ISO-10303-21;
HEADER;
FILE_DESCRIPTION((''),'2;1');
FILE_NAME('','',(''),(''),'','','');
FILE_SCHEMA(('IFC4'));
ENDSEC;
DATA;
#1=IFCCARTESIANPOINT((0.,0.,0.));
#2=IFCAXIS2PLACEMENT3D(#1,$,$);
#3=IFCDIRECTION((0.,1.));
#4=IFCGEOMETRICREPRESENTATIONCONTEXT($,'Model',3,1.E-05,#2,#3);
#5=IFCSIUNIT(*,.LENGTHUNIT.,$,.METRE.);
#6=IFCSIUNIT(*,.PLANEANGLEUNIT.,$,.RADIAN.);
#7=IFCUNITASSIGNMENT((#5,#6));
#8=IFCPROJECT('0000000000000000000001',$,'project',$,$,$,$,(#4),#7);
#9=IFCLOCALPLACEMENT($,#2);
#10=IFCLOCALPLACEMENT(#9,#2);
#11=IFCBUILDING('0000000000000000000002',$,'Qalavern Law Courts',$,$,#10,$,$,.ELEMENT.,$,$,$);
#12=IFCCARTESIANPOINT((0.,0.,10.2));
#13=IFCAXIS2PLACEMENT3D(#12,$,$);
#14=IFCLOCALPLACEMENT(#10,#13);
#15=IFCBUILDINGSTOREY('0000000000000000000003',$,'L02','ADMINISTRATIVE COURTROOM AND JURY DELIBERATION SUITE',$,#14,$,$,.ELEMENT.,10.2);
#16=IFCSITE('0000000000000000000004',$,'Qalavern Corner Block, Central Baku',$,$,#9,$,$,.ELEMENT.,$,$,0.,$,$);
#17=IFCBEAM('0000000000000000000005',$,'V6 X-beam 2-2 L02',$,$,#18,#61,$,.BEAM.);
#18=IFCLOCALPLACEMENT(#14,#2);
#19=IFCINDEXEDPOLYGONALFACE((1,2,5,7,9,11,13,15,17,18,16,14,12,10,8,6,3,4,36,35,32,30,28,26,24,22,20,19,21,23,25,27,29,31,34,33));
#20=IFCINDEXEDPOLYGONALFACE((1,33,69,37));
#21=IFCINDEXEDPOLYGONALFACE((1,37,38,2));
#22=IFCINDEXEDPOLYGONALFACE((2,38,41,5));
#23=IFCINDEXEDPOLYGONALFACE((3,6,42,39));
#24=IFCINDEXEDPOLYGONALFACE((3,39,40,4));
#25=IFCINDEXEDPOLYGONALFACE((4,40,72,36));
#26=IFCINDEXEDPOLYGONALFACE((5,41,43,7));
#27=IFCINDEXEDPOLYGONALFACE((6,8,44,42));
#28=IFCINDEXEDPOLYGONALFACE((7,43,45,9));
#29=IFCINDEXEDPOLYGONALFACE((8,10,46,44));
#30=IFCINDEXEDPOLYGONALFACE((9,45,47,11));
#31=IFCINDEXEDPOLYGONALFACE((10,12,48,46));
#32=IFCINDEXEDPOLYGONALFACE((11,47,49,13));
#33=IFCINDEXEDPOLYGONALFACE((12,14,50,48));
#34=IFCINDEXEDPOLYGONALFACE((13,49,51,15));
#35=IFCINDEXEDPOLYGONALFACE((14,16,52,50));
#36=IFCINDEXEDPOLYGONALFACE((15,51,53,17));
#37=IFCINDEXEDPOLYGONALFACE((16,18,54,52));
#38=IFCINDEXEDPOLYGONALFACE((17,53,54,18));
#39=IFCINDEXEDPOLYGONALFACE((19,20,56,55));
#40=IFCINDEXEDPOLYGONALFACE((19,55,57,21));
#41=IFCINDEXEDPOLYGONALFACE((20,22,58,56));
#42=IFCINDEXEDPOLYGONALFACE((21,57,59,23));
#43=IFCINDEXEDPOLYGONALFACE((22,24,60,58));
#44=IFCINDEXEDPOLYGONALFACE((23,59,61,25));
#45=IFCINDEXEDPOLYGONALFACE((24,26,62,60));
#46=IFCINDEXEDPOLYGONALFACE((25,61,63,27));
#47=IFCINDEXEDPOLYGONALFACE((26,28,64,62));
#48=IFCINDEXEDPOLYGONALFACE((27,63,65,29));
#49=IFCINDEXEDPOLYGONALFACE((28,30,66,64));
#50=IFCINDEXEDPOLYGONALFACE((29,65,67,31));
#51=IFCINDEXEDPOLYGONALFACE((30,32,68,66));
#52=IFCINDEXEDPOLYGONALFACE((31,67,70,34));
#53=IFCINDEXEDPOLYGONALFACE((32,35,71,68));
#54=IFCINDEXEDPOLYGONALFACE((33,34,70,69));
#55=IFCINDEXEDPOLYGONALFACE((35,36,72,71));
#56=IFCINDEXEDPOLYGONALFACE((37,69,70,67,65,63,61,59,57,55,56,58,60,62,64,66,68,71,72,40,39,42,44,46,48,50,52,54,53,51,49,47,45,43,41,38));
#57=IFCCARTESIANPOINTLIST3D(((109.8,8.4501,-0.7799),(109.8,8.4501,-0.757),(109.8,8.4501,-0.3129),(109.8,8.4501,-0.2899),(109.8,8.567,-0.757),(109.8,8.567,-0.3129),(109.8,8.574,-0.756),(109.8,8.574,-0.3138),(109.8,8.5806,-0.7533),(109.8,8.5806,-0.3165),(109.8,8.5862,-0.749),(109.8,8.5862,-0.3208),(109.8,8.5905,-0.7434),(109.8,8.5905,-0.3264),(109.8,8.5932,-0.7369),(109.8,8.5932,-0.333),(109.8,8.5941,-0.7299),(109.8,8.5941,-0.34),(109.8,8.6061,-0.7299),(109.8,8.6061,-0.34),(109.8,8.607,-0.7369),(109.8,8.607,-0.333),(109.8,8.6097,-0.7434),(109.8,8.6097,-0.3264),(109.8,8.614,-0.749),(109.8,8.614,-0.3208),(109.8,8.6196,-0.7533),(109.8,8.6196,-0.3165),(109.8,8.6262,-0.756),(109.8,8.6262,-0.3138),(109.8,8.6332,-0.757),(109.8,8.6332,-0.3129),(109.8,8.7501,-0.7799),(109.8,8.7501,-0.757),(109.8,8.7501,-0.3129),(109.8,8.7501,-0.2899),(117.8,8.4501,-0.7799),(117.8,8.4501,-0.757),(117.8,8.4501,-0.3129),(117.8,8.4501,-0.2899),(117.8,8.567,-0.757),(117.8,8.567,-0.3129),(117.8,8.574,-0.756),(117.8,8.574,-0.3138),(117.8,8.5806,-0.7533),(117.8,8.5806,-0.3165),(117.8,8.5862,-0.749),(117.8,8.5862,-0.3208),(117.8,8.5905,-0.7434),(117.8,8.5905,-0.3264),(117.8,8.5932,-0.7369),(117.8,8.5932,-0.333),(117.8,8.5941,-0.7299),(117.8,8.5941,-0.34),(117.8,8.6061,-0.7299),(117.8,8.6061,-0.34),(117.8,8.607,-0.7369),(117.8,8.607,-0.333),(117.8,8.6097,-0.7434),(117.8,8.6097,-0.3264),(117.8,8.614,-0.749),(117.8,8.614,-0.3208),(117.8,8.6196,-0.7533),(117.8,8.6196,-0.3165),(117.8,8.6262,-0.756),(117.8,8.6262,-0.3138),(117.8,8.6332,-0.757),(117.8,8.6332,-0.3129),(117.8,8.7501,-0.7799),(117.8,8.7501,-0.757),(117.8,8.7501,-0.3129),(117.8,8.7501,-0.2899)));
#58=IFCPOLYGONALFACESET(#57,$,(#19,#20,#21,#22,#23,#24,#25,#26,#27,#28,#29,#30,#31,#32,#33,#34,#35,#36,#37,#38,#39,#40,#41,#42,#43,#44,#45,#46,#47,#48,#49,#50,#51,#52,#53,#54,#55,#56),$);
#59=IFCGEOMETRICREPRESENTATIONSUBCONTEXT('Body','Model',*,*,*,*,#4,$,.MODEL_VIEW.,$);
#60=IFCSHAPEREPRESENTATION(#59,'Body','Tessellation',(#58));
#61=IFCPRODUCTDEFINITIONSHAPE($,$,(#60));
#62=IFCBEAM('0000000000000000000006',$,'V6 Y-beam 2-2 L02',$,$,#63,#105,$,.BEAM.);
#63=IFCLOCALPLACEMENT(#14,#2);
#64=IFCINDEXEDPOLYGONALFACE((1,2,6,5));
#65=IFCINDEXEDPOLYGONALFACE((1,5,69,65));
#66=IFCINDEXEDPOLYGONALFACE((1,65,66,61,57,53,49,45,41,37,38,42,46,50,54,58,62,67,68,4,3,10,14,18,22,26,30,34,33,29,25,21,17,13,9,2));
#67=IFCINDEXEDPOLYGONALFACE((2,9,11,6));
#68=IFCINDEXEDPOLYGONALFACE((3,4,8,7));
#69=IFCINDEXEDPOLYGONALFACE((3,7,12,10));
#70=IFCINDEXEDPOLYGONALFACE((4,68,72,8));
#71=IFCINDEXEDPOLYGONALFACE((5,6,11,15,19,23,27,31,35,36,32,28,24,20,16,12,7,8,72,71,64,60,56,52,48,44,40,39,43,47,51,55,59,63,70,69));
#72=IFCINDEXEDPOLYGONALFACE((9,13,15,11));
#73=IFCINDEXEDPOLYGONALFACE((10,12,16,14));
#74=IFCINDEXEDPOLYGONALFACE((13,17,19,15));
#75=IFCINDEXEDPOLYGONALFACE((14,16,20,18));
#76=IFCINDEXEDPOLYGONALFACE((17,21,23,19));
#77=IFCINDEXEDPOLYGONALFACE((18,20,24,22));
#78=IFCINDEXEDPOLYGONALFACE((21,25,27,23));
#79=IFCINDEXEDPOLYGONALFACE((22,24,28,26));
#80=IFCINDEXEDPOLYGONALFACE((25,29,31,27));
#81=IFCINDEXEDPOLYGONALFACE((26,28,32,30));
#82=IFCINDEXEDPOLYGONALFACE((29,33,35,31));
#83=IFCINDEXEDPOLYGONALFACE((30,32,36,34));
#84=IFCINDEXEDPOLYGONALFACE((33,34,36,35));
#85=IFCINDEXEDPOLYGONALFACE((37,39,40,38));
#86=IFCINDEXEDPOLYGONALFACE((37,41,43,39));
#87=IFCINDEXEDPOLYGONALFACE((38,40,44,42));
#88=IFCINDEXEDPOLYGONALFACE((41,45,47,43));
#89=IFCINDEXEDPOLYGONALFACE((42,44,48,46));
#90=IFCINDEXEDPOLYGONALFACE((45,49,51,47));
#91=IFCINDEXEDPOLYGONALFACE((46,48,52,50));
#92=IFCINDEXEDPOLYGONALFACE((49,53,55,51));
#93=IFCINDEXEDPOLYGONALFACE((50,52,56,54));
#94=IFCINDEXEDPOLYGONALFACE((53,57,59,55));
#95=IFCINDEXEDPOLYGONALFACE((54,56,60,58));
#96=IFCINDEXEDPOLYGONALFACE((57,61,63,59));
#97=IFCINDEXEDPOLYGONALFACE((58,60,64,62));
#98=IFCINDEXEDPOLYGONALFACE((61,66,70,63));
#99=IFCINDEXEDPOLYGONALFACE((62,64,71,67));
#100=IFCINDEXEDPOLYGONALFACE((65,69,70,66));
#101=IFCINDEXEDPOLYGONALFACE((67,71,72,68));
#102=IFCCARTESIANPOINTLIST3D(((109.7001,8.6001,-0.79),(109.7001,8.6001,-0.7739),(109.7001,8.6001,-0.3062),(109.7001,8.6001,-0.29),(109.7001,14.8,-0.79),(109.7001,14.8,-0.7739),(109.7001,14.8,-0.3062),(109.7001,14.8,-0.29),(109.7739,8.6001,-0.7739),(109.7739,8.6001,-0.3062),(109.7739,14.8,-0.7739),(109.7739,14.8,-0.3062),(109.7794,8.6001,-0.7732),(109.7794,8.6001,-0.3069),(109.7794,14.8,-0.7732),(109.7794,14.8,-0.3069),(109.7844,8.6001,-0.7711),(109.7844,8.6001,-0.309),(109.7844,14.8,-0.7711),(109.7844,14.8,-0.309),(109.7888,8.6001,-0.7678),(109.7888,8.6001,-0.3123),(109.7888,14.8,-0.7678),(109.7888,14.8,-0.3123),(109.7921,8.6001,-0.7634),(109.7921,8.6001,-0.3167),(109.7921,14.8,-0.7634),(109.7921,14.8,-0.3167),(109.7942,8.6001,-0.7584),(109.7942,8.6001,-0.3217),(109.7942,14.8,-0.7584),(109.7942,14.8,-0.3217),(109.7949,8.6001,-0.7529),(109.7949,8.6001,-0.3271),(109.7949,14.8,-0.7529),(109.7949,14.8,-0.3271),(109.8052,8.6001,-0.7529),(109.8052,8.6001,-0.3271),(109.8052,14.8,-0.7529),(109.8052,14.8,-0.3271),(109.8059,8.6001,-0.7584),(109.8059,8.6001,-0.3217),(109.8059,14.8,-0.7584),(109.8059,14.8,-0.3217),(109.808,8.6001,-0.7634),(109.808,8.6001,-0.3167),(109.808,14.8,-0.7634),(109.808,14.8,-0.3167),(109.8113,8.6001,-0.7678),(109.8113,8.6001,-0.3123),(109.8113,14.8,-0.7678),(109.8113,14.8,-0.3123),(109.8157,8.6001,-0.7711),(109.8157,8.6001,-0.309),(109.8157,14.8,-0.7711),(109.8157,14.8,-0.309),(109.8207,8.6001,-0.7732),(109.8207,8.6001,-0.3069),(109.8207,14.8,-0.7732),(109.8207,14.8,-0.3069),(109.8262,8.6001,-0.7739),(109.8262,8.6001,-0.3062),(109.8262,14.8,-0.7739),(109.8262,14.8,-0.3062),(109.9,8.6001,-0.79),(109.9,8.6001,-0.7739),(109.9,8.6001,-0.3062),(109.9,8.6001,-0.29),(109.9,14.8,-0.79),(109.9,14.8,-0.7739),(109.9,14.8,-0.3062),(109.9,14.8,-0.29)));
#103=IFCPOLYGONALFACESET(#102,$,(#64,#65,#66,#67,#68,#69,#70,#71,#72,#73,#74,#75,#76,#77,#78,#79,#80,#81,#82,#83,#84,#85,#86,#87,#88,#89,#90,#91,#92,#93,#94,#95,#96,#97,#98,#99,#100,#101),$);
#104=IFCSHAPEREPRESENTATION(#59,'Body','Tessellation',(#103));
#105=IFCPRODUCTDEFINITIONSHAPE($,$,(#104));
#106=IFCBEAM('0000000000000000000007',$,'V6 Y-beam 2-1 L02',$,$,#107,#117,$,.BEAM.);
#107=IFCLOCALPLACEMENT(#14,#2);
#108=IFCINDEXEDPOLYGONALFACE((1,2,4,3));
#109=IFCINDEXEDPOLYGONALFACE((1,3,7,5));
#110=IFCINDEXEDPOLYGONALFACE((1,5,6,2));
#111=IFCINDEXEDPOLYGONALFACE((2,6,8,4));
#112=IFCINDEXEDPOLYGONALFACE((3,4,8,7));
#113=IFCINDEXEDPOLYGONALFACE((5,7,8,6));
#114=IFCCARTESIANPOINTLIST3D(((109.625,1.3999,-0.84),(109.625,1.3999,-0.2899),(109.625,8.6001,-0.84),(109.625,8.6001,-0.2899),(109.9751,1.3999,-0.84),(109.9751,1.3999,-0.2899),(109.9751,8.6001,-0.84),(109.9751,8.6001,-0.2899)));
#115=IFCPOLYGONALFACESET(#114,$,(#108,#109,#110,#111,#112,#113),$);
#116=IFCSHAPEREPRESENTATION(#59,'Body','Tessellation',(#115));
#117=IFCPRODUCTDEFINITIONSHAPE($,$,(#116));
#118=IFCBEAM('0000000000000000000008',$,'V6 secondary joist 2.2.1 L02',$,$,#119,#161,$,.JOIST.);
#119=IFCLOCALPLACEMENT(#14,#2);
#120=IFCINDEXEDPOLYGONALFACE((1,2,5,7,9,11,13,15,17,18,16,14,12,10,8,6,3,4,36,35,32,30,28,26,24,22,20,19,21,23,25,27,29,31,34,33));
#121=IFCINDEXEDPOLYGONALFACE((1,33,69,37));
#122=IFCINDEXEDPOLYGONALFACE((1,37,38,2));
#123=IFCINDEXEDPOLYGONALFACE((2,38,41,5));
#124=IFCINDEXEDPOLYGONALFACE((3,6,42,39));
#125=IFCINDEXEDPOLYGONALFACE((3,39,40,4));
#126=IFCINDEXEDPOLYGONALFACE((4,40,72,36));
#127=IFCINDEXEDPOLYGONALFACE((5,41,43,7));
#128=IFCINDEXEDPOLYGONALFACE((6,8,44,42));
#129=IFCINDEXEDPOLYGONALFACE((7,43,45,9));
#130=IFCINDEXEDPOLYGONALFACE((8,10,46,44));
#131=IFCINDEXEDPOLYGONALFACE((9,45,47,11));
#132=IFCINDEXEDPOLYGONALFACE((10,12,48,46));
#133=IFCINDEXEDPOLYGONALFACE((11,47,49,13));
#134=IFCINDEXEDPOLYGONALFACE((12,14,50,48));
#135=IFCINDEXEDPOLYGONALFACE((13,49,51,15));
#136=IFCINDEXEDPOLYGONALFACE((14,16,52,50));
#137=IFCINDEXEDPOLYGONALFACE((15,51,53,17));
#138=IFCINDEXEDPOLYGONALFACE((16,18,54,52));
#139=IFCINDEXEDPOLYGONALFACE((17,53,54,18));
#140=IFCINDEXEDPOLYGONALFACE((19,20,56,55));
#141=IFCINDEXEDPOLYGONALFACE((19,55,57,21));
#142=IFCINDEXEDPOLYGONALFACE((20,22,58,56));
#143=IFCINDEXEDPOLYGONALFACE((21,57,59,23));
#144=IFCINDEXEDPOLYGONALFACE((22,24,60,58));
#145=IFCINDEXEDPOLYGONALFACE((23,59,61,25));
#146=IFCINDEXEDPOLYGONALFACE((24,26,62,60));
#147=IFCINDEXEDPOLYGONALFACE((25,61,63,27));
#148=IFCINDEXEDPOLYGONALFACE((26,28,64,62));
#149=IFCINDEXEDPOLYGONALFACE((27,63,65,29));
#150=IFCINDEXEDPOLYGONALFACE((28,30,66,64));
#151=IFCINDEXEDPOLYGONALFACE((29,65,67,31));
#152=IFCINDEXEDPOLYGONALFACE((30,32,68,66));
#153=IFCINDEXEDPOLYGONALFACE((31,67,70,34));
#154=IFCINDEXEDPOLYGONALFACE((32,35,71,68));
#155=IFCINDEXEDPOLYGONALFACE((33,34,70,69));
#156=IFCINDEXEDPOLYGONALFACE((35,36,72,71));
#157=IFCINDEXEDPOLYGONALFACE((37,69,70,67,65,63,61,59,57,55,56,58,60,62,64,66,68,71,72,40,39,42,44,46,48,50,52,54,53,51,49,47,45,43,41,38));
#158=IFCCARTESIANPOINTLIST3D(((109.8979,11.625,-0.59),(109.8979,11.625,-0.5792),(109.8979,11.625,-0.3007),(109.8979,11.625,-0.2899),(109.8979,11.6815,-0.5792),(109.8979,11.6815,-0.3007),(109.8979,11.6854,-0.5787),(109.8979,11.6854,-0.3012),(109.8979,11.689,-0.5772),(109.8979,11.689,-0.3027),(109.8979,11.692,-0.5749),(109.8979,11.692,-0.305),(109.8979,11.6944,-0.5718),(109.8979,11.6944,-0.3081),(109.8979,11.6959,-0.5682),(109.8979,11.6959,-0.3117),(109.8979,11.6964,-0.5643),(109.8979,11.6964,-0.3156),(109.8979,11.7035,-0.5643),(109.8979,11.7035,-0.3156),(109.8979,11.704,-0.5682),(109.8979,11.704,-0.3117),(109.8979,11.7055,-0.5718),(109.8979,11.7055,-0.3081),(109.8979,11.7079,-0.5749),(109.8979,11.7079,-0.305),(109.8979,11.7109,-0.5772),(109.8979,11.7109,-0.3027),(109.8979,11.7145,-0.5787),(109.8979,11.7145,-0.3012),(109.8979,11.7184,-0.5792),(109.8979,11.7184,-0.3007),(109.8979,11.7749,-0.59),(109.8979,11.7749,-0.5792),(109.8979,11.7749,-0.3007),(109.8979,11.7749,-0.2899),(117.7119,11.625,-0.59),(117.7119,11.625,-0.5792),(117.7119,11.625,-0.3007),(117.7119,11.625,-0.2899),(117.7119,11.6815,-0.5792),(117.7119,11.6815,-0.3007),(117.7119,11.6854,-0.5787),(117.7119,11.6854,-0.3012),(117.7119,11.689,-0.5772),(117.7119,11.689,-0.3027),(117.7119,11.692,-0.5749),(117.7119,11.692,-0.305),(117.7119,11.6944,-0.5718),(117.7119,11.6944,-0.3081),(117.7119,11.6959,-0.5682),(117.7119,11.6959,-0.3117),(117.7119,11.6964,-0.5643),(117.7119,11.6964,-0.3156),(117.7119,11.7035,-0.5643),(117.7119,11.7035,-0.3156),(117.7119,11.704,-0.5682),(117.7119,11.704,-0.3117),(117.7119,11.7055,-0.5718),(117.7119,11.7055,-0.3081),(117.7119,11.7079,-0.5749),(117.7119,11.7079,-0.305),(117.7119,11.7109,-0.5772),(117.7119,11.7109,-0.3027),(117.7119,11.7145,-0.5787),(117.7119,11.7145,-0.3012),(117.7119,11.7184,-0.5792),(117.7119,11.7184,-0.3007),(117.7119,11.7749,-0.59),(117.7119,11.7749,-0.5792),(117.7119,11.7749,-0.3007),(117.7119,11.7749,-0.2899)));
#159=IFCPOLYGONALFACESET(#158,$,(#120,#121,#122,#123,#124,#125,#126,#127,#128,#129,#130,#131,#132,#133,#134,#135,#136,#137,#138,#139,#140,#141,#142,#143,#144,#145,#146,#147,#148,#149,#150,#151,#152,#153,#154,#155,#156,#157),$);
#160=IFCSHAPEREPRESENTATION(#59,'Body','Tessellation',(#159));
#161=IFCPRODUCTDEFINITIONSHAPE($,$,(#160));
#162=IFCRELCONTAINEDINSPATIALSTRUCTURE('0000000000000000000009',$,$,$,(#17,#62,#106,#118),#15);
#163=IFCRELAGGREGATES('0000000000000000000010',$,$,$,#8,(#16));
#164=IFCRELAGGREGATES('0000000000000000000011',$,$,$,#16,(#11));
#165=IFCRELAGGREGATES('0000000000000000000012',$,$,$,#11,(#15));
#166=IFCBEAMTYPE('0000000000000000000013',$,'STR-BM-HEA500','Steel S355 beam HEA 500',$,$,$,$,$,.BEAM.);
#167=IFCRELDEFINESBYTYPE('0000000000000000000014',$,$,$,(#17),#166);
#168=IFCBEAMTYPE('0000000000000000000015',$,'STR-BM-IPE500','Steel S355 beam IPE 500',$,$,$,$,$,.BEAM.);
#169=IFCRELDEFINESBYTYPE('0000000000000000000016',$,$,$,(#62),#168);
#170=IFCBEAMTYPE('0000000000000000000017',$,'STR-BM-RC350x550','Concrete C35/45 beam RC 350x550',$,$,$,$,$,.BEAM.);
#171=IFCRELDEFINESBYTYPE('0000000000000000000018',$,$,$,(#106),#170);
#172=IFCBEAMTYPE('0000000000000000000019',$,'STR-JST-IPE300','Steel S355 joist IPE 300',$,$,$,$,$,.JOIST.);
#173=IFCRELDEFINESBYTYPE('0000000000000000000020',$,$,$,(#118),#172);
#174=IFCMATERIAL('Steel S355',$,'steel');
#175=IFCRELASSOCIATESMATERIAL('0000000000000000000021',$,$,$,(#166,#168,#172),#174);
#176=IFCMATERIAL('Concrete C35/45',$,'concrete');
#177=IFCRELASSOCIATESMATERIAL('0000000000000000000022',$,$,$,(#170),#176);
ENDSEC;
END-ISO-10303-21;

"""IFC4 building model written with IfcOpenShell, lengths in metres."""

from ifc_helpers import new_model, si_unit, direction, frame, origin, origin_2d, place, context, subcontext, project, spatial, rectangle, i_section, extrude, material, material_profile, profile_set, type_object, element, save


model = new_model("IFC4")

# Units and contexts
model_context = context("Model", 3, precision=1e-05, world=origin(), true_north=direction((0.0, 1.0)))
body_context = subcontext(model_context, "Body", "Model", "MODEL_VIEW")
ifc_project = project(units=[si_unit("LENGTHUNIT", "METRE"), si_unit("PLANEANGLEUNIT", "RADIAN")], contexts=[model_context])

# Site, building, storey
site_placement = place(None, origin())
site = spatial("IfcSite", under=ifc_project, at=site_placement, Name="Qalavern Corner Block, Central Baku", CompositionType="ELEMENT", RefElevation=0.0)
building_placement = place(site_placement, origin())
building = spatial("IfcBuilding", under=site, at=building_placement, Name="Qalavern Law Courts", CompositionType="ELEMENT")
storey_placement = place(building_placement, frame((0.0, 0.0, 10.2)))
storey = spatial("IfcBuildingStorey", under=building, at=storey_placement, Name="L02", Description="ADMINISTRATIVE COURTROOM AND JURY DELIBERATION SUITE", CompositionType="ELEMENT", Elevation=10.2)

# Beams
ifc_material_1 = material(Name="Steel S355", Category="steel")
ifc_material_profile_1 = material_profile(ifc_material_1, i_section(OverallWidth=0.3, OverallDepth=0.49, WebThickness=0.012, FlangeThickness=0.0229, FilletRadius=0.0271, at=origin_2d()), Name="HEA 500")
ifc_profile_set_1 = profile_set([ifc_material_profile_1], Name="Steel S355")
beam_type_1 = type_object("IfcBeamType", Name="STR-BM-HEA500", Description="Steel S355 beam HEA 500", PredefinedType="BEAM", material=ifc_profile_set_1)
beam_1_placement = place(storey_placement, frame((109.8, 8.6001, -0.5349), z_axis=(1.0, 0.0, 0.0), x_axis=(0.0, 1.0, 0.0)))
element("IfcBeam", 1, at=beam_1_placement, inside=storey, type_object=beam_type_1, Name="V6 X-beam 2-2 L02", PredefinedType="BEAM", context=body_context, shape_type="SweptSolid", body=[
    extrude(i_section(OverallWidth=0.3, OverallDepth=0.49, WebThickness=0.012, FlangeThickness=0.0229, FilletRadius=0.0271, at=origin_2d()), origin(), (0.0, 0.0, 1.0), 8.0),
])
ifc_material_profile_2 = material_profile(ifc_material_1, i_section(OverallWidth=0.2, OverallDepth=0.5, WebThickness=0.0103, FlangeThickness=0.0161, FilletRadius=0.021, at=origin_2d()), Name="IPE 500")
ifc_profile_set_2 = profile_set([ifc_material_profile_2], Name="Steel S355")
beam_type_2 = type_object("IfcBeamType", Name="STR-BM-IPE500", Description="Steel S355 beam IPE 500", PredefinedType="BEAM", material=ifc_profile_set_2)
beam_2_placement = place(storey_placement, frame((109.8, 8.6001, -0.54), z_axis=(0.0, 1.0, 0.0), x_axis=(-1.0, 0.0, 0.0)))
element("IfcBeam", 2, at=beam_2_placement, inside=storey, type_object=beam_type_2, Name="V6 Y-beam 2-2 L02", PredefinedType="BEAM", context=body_context, shape_type="SweptSolid", body=[
    extrude(i_section(OverallWidth=0.2, OverallDepth=0.5, WebThickness=0.0103, FlangeThickness=0.0161, FilletRadius=0.021, at=origin_2d()), origin(), (0.0, 0.0, 1.0), 6.2),
])
ifc_material_2 = material(Name="Concrete C35/45", Category="concrete")
ifc_material_profile_3 = material_profile(ifc_material_2, rectangle(XDim=0.3501, YDim=0.55, at=origin_2d()), Name="RC 350x550")
ifc_profile_set_3 = profile_set([ifc_material_profile_3], Name="Concrete C35/45")
beam_type_3 = type_object("IfcBeamType", Name="STR-BM-RC350x550", Description="Concrete C35/45 beam RC 350x550", PredefinedType="BEAM", material=ifc_profile_set_3)
beam_3_placement = place(storey_placement, frame((109.8, 1.3999, -0.5649), z_axis=(0.0, 1.0, 0.0), x_axis=(-1.0, 0.0, 0.0)))
element("IfcBeam", 3, at=beam_3_placement, inside=storey, type_object=beam_type_3, Name="V6 Y-beam 2-1 L02", PredefinedType="BEAM", context=body_context, shape_type="SweptSolid", body=[
    extrude(rectangle(XDim=0.3501, YDim=0.55, at=origin_2d()), origin(), (0.0, 0.0, 1.0), 7.2002),
])
ifc_material_profile_4 = material_profile(ifc_material_1, i_section(OverallWidth=0.1499, OverallDepth=0.3, WebThickness=0.0071, FlangeThickness=0.0107, FilletRadius=0.0149, at=origin_2d()), Name="IPE 300")
ifc_profile_set_4 = profile_set([ifc_material_profile_4], Name="Steel S355")
beam_type_4 = type_object("IfcBeamType", Name="STR-JST-IPE300", Description="Steel S355 joist IPE 300", PredefinedType="JOIST", material=ifc_profile_set_4)
beam_4_placement = place(storey_placement, frame((109.8979, 11.7, -0.4399), z_axis=(1.0, 0.0, 0.0), x_axis=(0.0, 1.0, 0.0)))
element("IfcBeam", 4, at=beam_4_placement, inside=storey, type_object=beam_type_4, Name="V6 secondary joist 2.2.1 L02", PredefinedType="JOIST", context=body_context, shape_type="SweptSolid", body=[
    extrude(i_section(OverallWidth=0.1499, OverallDepth=0.3, WebThickness=0.0071, FlangeThickness=0.0107, FilletRadius=0.0149, at=origin_2d()), origin(), (0.0, 0.0, 1.0), 7.814),
])

save(model, "model.ifc")
